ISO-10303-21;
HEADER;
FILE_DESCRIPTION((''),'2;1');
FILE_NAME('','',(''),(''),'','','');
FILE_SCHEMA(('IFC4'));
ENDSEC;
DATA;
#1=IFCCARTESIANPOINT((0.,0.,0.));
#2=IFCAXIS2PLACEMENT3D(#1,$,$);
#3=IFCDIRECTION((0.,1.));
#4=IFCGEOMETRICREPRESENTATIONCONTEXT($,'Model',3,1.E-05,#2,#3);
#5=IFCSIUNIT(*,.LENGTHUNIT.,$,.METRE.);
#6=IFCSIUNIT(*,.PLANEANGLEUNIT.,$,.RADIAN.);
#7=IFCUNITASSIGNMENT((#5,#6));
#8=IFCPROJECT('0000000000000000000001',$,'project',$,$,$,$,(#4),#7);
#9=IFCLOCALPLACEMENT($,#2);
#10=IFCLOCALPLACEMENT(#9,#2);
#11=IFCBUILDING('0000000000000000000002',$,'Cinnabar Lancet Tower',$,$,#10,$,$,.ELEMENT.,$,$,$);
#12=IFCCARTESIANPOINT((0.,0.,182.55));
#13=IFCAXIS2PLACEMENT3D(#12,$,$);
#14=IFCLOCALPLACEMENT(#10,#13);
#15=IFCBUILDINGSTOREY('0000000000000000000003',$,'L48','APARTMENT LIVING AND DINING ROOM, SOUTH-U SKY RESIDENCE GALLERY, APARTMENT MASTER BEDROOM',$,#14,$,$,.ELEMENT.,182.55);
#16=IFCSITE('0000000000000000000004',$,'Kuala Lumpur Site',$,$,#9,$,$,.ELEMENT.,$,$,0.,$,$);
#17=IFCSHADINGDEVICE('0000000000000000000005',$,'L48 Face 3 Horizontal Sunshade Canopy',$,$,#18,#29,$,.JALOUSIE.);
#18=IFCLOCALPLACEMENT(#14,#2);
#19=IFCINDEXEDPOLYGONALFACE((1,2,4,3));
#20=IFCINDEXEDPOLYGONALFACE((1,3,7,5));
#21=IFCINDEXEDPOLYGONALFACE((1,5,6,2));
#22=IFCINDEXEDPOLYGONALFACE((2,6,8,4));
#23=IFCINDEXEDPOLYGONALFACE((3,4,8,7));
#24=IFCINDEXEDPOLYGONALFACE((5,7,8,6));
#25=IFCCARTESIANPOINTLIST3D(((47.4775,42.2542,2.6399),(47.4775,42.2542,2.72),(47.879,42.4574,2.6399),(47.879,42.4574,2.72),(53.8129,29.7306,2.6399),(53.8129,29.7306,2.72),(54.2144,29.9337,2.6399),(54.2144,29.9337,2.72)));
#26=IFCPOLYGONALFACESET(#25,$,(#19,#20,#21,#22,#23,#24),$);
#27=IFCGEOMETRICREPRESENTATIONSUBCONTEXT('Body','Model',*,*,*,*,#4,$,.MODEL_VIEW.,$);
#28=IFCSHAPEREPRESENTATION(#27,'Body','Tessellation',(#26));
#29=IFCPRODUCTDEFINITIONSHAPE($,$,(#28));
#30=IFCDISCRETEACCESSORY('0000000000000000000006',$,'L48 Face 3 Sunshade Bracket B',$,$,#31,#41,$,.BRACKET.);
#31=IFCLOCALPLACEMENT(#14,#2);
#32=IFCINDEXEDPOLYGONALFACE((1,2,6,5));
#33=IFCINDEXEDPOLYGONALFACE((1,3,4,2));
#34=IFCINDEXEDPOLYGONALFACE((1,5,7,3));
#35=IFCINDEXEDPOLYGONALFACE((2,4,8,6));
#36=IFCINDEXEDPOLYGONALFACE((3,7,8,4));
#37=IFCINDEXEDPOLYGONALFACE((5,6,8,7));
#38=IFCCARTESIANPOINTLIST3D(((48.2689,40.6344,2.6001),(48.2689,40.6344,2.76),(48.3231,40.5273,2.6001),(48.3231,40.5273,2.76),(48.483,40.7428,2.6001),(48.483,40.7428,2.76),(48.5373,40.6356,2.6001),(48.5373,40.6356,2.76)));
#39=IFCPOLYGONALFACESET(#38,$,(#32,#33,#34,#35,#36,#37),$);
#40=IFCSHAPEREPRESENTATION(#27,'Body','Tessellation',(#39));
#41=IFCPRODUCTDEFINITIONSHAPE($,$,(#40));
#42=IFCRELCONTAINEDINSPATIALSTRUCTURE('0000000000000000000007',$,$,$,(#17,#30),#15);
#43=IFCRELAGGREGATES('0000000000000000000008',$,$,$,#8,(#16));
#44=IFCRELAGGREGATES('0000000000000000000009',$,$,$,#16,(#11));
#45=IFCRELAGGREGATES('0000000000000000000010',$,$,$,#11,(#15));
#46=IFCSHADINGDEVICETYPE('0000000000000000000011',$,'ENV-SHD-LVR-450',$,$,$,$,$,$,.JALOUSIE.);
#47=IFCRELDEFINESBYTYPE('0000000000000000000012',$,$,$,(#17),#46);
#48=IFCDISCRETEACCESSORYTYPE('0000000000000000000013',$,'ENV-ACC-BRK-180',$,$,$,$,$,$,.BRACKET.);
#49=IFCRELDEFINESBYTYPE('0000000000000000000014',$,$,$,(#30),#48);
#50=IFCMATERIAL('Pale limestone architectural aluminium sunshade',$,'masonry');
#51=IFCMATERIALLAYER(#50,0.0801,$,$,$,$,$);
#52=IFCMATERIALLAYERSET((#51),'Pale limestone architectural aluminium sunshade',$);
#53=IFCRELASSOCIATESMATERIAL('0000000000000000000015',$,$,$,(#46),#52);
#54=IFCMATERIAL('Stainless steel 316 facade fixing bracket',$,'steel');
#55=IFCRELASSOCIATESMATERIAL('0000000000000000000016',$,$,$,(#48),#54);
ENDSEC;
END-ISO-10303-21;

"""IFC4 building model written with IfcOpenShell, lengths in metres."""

from ifc_helpers import new_model, si_unit, direction, frame, origin, origin_2d, place, context, subcontext, project, spatial, rectangle, extrude, material, layer, layer_set, type_object, element, save


model = new_model("IFC4")

# Units and contexts
model_context = context("Model", 3, precision=1e-05, world=origin(), true_north=direction((0.0, 1.0)))
body_context = subcontext(model_context, "Body", "Model", "MODEL_VIEW")
ifc_project = project(units=[si_unit("LENGTHUNIT", "METRE"), si_unit("PLANEANGLEUNIT", "RADIAN")], contexts=[model_context])

# Site, building, storey
site_placement = place(None, origin())
site = spatial("IfcSite", under=ifc_project, at=site_placement, Name="Kuala Lumpur Site", CompositionType="ELEMENT", RefElevation=0.0)
building_placement = place(site_placement, origin())
building = spatial("IfcBuilding", under=site, at=building_placement, Name="Cinnabar Lancet Tower", CompositionType="ELEMENT")
storey_placement = place(building_placement, frame((0.0, 0.0, 182.55)))
storey = spatial("IfcBuildingStorey", under=building, at=storey_placement, Name="L48", Description="APARTMENT LIVING AND DINING ROOM, SOUTH-U SKY RESIDENCE GALLERY, APARTMENT MASTER BEDROOM", CompositionType="ELEMENT", Elevation=182.55)

# Shading device
ifc_material_1 = material(Name="Pale limestone architectural aluminium sunshade", Category="masonry")
ifc_layer_1 = layer(ifc_material_1, 0.0801)
ifc_layer_set_1 = layer_set([ifc_layer_1], Name="Pale limestone architectural aluminium sunshade")
shading_device_type = type_object("IfcShadingDeviceType", Name="ENV-SHD-LVR-450", PredefinedType="JALOUSIE", material=ifc_layer_set_1)
shading_device_placement = place(storey_placement, frame((50.8459, 36.094, 2.6399), z_axis=(0.0, 0.0, 1.0), x_axis=(-0.451407, 0.892318, 0.0)))
element("IfcShadingDevice", 1, at=shading_device_placement, inside=storey, type_object=shading_device_type, Name="L48 Face 3 Horizontal Sunshade Canopy", PredefinedType="JALOUSIE", context=body_context, shape_type="SweptSolid", body=[
    extrude(rectangle(XDim=14.0349, YDim=0.45, at=origin_2d()), origin(), (0.0, 0.0, 1.0), 0.0801),
])

# Discrete accessory
ifc_material_2 = material(Name="Stainless steel 316 facade fixing bracket", Category="steel")
discrete_accessory_type = type_object("IfcDiscreteAccessoryType", Name="ENV-ACC-BRK-180", PredefinedType="BRACKET", material=ifc_material_2)
discrete_accessory_placement = place(storey_placement, frame((48.4031, 40.635, 2.6001), z_axis=(0.0, 0.0, 1.0), x_axis=(-0.451407, 0.892318, 0.0)))
element("IfcDiscreteAccessory", 2, at=discrete_accessory_placement, inside=storey, type_object=discrete_accessory_type, Name="L48 Face 3 Sunshade Bracket B", PredefinedType="BRACKET", context=body_context, shape_type="SweptSolid", body=[
    extrude(rectangle(XDim=0.1201, YDim=0.24, at=origin_2d()), origin(), (0.0, 0.0, 1.0), 0.1599),
])

save(model, "model.ifc")
